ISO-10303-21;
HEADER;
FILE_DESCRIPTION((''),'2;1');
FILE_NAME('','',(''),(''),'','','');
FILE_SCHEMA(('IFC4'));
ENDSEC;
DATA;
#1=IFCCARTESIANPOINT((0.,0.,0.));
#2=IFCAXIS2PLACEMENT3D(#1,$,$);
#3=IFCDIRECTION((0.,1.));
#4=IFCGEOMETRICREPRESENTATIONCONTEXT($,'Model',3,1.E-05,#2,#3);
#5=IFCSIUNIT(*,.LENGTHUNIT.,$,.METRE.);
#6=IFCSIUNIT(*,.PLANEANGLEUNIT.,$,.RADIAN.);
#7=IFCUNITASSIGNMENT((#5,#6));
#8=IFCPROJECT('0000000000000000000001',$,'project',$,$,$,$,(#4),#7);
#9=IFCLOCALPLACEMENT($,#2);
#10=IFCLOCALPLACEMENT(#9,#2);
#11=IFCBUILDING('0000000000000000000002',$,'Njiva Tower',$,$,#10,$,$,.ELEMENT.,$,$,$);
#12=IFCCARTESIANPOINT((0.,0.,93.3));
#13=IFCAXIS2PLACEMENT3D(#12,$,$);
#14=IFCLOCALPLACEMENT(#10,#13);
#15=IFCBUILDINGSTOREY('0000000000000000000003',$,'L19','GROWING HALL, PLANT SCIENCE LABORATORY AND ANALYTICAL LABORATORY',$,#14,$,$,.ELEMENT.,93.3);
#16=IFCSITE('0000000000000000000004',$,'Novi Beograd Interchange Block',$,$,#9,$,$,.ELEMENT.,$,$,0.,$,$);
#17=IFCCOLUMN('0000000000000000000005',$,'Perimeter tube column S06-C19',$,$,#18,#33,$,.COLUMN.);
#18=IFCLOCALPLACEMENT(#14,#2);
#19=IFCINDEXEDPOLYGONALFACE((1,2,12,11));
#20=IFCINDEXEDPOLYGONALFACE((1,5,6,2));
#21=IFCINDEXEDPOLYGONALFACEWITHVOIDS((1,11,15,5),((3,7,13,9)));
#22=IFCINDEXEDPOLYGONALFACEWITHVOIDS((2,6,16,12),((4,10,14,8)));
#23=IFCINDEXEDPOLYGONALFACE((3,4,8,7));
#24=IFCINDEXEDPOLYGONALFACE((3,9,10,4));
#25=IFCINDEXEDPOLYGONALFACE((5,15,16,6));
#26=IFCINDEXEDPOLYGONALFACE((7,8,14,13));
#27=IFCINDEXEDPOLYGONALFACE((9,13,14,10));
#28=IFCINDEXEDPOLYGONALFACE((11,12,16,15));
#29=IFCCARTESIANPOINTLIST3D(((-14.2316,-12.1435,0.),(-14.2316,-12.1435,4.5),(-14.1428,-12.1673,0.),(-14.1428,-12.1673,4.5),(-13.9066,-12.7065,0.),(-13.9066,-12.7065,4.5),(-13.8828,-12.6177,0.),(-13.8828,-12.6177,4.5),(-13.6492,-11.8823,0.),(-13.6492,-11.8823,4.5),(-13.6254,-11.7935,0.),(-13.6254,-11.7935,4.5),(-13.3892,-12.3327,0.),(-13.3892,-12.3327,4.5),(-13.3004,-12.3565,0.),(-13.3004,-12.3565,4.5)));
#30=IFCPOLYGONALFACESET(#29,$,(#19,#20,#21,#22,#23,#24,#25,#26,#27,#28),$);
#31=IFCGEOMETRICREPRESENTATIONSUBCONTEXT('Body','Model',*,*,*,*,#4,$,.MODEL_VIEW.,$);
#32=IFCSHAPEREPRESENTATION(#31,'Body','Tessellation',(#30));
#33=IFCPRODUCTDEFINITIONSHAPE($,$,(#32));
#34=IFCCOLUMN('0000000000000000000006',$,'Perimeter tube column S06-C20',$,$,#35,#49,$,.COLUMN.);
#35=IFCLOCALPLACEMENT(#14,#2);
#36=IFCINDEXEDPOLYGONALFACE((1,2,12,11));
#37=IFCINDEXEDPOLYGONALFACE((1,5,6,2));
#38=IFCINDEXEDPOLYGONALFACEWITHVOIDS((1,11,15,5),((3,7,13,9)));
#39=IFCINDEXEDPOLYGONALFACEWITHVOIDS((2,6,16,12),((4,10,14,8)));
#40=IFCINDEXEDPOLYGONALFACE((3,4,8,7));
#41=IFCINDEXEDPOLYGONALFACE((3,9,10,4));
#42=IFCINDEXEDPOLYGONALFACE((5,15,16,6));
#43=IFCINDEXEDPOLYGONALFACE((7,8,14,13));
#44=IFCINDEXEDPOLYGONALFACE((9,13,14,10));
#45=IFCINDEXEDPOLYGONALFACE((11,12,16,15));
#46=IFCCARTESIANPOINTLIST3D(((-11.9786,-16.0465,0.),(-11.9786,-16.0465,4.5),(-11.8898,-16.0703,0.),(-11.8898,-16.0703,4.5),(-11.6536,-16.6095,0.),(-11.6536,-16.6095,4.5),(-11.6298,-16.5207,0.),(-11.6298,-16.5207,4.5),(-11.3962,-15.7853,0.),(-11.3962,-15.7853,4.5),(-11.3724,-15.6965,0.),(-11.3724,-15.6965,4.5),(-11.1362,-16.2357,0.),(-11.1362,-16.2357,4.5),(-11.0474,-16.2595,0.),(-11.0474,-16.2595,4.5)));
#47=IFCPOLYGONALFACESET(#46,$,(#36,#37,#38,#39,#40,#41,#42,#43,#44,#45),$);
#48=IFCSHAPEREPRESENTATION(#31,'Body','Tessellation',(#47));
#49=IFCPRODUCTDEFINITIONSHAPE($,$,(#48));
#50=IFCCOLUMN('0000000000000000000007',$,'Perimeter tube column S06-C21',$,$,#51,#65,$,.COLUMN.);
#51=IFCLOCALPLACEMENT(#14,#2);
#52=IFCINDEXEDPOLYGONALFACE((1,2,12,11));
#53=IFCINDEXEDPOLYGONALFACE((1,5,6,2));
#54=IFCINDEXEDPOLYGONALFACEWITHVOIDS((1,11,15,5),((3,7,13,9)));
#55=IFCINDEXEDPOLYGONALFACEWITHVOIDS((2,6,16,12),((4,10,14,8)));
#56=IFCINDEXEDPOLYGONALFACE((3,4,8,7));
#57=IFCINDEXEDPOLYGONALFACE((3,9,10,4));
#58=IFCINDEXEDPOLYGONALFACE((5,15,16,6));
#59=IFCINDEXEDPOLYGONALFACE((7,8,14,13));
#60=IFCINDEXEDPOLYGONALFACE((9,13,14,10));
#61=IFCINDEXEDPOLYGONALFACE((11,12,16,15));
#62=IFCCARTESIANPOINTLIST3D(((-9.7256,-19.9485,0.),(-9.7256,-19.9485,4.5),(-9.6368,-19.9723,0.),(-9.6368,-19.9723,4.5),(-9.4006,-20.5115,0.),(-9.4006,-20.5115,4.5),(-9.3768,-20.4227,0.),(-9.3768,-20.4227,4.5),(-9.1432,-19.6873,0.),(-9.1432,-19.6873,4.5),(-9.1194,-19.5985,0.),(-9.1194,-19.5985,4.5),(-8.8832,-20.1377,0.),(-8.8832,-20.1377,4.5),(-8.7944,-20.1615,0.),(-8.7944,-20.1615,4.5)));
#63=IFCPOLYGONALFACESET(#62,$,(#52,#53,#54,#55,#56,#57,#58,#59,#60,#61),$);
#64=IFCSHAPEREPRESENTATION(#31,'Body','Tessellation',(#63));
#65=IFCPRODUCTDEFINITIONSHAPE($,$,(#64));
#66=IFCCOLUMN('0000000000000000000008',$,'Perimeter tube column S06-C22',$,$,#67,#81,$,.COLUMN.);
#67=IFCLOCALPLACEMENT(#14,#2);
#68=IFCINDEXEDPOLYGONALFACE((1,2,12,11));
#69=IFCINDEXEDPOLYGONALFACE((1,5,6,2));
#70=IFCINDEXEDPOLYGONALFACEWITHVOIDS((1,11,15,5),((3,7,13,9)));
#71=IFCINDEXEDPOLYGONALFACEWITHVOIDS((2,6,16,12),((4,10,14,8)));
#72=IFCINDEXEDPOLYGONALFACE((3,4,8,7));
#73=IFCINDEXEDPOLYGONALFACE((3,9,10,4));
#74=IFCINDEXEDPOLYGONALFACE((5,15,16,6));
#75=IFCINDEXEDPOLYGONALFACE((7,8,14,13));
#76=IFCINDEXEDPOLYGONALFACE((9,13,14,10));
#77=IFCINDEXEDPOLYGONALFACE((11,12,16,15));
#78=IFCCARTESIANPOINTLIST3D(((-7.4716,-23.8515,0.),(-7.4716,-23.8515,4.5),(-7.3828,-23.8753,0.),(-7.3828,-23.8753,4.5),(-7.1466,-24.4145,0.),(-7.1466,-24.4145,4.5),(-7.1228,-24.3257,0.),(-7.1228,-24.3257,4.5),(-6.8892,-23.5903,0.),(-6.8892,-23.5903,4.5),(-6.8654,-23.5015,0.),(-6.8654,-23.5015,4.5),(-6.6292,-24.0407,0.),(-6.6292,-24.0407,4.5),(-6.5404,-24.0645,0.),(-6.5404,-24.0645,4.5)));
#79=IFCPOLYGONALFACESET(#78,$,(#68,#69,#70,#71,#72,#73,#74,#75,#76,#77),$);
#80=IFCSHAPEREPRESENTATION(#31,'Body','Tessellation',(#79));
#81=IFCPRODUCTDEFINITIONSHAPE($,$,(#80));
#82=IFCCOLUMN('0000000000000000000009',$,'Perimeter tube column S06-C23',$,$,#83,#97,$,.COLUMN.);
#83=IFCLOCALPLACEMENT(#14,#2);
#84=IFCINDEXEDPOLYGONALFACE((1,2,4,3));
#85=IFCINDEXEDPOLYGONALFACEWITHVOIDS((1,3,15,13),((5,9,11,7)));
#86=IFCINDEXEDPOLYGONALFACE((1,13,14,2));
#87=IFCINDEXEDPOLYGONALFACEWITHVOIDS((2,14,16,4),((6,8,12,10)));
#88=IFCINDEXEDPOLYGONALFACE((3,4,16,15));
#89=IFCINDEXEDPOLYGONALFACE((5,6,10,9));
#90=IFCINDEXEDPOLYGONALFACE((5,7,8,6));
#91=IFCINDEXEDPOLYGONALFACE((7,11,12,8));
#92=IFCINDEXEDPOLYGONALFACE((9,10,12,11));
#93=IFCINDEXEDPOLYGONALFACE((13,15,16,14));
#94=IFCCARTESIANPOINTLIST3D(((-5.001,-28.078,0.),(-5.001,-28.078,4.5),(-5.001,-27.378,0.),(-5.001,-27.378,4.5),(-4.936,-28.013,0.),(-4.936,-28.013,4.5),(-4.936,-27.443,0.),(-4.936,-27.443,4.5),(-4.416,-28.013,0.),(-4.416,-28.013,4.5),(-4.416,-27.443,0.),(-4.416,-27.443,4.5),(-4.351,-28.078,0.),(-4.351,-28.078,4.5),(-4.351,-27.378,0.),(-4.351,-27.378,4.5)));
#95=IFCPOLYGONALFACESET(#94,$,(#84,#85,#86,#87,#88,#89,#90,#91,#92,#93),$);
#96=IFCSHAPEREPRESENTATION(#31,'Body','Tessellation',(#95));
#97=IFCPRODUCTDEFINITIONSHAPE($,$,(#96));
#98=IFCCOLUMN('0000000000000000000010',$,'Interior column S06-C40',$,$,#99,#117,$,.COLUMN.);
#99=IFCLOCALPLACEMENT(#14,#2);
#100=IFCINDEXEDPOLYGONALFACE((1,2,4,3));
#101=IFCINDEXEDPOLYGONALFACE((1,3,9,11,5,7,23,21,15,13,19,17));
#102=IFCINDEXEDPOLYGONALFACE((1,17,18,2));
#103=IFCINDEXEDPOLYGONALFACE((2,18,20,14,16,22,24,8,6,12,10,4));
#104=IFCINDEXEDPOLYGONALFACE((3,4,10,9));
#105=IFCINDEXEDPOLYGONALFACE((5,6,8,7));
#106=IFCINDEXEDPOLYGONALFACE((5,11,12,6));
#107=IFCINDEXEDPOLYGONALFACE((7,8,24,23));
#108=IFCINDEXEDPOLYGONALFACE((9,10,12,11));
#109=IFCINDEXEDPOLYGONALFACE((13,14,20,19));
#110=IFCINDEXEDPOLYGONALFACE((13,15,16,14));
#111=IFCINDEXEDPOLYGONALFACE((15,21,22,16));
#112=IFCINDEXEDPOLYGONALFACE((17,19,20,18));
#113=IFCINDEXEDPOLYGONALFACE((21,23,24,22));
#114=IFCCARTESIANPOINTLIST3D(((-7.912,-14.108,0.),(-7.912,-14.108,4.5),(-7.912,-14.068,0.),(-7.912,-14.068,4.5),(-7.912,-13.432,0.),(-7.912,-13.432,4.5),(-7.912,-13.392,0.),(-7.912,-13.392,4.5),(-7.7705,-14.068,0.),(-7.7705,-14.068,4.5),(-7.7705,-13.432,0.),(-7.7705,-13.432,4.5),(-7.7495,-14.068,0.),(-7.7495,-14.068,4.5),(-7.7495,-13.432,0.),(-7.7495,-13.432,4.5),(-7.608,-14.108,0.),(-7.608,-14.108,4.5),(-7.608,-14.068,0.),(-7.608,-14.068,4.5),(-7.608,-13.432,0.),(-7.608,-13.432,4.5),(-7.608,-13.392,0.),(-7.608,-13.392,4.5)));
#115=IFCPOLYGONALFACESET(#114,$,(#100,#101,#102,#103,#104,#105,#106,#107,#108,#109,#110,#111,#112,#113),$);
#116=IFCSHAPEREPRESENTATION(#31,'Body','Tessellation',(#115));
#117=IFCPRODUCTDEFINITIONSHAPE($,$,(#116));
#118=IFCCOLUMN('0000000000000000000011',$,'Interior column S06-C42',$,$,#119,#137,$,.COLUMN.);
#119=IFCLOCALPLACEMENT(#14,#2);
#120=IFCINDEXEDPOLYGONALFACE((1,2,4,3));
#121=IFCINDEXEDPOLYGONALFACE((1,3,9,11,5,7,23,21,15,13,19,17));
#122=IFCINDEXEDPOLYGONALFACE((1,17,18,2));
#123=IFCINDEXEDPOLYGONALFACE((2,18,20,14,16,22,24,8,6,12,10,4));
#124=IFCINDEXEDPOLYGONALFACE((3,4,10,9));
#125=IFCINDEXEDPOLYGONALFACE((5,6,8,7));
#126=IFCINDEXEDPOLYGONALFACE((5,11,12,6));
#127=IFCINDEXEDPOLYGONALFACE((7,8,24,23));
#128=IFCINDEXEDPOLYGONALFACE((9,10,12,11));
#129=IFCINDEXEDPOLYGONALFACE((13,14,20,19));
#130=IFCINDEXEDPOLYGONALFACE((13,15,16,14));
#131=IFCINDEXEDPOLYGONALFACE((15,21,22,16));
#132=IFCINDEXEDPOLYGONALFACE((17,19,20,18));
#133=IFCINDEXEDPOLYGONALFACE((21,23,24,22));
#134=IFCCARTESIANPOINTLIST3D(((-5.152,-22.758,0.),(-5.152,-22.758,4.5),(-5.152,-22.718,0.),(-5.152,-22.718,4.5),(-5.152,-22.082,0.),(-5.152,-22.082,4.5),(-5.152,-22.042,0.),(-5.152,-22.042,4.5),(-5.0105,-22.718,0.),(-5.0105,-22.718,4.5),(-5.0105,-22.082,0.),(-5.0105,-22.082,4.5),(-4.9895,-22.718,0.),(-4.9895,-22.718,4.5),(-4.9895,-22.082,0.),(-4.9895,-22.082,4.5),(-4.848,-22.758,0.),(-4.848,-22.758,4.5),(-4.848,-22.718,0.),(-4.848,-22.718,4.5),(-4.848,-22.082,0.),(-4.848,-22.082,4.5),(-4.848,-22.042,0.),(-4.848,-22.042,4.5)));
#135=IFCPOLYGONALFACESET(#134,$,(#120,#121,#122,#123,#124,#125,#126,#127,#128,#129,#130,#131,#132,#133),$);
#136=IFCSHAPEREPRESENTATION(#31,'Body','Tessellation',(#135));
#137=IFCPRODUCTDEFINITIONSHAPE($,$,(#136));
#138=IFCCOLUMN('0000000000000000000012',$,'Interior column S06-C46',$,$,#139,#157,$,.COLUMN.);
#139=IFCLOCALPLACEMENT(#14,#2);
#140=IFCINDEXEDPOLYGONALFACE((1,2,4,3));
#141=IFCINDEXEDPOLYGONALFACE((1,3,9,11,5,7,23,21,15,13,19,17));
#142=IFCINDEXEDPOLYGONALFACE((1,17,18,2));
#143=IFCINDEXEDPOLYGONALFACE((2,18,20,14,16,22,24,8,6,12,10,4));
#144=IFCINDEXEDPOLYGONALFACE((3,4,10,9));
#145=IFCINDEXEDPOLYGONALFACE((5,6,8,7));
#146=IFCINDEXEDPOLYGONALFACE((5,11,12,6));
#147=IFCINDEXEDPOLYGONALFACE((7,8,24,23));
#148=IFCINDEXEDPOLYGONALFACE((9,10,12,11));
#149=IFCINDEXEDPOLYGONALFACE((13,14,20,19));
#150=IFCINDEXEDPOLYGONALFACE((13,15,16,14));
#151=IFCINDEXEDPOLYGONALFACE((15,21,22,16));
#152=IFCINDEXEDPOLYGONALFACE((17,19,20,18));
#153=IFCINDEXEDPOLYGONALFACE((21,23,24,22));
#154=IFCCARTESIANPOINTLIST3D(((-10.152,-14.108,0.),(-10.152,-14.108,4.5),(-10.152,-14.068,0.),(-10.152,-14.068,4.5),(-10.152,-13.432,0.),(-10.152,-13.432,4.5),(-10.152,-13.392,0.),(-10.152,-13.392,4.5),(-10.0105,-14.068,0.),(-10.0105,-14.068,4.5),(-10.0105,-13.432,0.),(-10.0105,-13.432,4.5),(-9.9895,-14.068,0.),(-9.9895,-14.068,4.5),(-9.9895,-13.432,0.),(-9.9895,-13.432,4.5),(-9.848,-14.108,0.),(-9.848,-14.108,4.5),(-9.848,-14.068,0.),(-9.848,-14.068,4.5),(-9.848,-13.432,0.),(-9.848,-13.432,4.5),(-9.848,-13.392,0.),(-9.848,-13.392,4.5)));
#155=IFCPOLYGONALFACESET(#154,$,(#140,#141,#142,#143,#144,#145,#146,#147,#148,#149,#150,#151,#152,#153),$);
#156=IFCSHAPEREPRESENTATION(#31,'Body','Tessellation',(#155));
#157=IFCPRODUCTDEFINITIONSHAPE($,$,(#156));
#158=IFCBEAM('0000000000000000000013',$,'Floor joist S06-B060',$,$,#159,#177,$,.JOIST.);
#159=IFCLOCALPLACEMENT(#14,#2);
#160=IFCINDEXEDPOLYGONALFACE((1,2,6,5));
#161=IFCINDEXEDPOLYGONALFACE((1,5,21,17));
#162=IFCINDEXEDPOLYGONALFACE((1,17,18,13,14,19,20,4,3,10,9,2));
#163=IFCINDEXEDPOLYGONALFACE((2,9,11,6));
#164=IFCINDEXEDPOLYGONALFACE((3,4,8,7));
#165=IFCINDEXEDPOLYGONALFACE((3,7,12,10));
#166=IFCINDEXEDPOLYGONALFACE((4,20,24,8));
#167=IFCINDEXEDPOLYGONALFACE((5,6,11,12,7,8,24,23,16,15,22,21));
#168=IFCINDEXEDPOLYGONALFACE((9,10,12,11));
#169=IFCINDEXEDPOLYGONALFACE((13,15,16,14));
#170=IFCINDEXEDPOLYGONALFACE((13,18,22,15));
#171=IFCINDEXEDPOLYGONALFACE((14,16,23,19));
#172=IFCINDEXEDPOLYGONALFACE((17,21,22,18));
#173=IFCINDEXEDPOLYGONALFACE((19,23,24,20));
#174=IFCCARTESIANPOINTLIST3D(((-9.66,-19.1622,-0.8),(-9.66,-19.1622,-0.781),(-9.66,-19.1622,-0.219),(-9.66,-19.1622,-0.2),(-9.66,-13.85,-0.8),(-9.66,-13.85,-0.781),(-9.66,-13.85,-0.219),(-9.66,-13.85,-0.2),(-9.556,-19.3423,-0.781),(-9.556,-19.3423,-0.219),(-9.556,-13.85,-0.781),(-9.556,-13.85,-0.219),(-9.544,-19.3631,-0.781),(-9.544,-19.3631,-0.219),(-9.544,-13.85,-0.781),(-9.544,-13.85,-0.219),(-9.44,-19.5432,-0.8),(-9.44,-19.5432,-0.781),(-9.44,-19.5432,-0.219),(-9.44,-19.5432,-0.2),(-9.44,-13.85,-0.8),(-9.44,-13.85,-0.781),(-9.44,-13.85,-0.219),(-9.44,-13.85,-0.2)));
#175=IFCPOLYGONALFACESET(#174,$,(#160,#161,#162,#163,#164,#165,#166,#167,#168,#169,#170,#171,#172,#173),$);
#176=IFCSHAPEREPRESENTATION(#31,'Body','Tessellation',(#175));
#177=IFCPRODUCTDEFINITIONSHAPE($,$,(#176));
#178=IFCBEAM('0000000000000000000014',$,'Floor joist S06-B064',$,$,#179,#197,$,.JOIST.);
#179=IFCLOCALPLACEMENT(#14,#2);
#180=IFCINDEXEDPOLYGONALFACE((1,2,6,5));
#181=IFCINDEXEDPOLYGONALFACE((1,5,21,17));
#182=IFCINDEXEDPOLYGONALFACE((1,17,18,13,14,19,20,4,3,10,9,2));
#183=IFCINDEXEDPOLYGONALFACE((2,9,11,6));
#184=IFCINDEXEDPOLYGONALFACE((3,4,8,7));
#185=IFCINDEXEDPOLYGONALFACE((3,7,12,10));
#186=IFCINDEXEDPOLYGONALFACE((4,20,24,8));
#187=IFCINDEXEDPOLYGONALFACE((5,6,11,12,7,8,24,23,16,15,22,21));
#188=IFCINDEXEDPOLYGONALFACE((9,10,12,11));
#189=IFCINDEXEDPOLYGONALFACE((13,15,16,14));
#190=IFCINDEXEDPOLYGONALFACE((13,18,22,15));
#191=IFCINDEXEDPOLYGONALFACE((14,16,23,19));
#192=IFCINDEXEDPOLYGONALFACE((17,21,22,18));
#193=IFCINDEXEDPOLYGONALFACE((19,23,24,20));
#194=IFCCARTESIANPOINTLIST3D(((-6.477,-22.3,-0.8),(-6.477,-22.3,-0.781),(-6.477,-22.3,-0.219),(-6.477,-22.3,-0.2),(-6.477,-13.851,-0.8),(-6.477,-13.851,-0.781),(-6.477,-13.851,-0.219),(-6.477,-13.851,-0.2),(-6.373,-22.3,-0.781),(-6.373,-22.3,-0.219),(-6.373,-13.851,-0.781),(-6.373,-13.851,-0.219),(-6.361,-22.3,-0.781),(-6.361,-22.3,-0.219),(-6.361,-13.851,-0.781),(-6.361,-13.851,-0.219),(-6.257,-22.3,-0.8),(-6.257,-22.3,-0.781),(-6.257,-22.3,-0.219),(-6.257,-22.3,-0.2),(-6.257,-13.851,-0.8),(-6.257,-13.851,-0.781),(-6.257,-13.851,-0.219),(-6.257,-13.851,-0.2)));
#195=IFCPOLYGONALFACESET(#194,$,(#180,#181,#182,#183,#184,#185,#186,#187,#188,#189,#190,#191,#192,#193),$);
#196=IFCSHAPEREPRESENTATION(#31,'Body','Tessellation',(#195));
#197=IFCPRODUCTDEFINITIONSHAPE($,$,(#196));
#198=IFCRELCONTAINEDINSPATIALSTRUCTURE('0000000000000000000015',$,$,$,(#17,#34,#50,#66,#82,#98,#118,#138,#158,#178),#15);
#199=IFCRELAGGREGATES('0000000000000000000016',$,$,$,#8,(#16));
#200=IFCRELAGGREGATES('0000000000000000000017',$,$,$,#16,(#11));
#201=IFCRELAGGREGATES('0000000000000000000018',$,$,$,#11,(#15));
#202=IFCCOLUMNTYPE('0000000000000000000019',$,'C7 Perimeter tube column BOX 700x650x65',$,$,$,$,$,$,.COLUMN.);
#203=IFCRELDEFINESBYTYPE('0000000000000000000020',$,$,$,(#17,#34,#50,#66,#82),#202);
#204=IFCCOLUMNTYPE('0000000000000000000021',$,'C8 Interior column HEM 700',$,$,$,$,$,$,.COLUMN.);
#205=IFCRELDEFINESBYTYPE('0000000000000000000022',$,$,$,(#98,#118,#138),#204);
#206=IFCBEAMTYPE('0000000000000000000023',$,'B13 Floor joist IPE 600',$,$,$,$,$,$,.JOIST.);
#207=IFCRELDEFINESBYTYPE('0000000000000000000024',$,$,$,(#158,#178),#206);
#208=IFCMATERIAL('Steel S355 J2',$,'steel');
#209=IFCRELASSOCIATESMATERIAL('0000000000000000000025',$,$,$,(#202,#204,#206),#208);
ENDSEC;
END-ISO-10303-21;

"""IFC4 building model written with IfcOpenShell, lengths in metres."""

from ifc_helpers import new_model, si_unit, direction, frame, origin, origin_2d, place, context, subcontext, project, spatial, hollow_rectangle, i_section, extrude, clip, halfspace, material, material_profile, profile_set, type_object, element, save


model = new_model("IFC4")

# Units and contexts
model_context = context("Model", 3, precision=1e-05, world=origin(), true_north=direction((0.0, 1.0)))
body_context = subcontext(model_context, "Body", "Model", "MODEL_VIEW")
ifc_project = project(units=[si_unit("LENGTHUNIT", "METRE"), si_unit("PLANEANGLEUNIT", "RADIAN")], contexts=[model_context])

# Site, building, storey
site_placement = place(None, origin())
site = spatial("IfcSite", under=ifc_project, at=site_placement, Name="Novi Beograd Interchange Block", CompositionType="ELEMENT", RefElevation=0.0)
building_placement = place(site_placement, origin())
building = spatial("IfcBuilding", under=site, at=building_placement, Name="Njiva Tower", CompositionType="ELEMENT")
storey_placement = place(building_placement, frame((0.0, 0.0, 93.3)))
storey = spatial("IfcBuildingStorey", under=building, at=storey_placement, Name="L19", Description="GROWING HALL, PLANT SCIENCE LABORATORY AND ANALYTICAL LABORATORY", CompositionType="ELEMENT", Elevation=93.3)

# Columns
ifc_material_1 = material(Name="Steel S355 J2", Category="steel")
ifc_material_profile_1 = material_profile(ifc_material_1, hollow_rectangle(XDim=0.65, YDim=0.7, WallThickness=0.065, at=origin_2d()), Name="BOX 700x650x65")
ifc_profile_set_1 = profile_set([ifc_material_profile_1], Name="Steel S355 J2")
column_type_1 = type_object("IfcColumnType", Name="C7 Perimeter tube column BOX 700x650x65", PredefinedType="COLUMN", material=ifc_profile_set_1)
for number, where, z_axis, x_axis, name in (
    (1, (-13.766, -12.25, 0.0), (0.0, 0.0, 1.0), (0.5, -0.866025, 0.0), "Perimeter tube column S06-C19"),
    (2, (-11.513, -16.153, 0.0), (0.0, 0.0, 1.0), (0.5, -0.866025, 0.0), "Perimeter tube column S06-C20"),
    (3, (-9.26, -20.055, 0.0), (0.0, 0.0, 1.0), (0.5, -0.866025, 0.0), "Perimeter tube column S06-C21"),
    (4, (-7.006, -23.958, 0.0), (0.0, 0.0, 1.0), (0.5, -0.866025, 0.0), "Perimeter tube column S06-C22"),
    (5, (-4.676, -27.728, 0.0), (0.0, 0.0, 1.0), (1.0, 0.0, 0.0), "Perimeter tube column S06-C23"),
):
    element("IfcColumn", number, at=place(storey_placement, frame(where, z_axis=z_axis, x_axis=x_axis)), inside=storey, type_object=column_type_1, Name=name, PredefinedType="COLUMN", context=body_context, shape_type="SweptSolid", body=[
        extrude(hollow_rectangle(XDim=0.65, YDim=0.7, WallThickness=0.065, at=origin_2d()), origin(), (0.0, 0.0, 1.0), 4.5),
    ])
ifc_material_profile_2 = material_profile(ifc_material_1, i_section(OverallWidth=0.304, OverallDepth=0.716, WebThickness=0.021, FlangeThickness=0.04, at=origin_2d()), Name="HEM 700")
ifc_profile_set_2 = profile_set([ifc_material_profile_2], Name="Steel S355 J2")
column_type_2 = type_object("IfcColumnType", Name="C8 Interior column HEM 700", PredefinedType="COLUMN", material=ifc_profile_set_2)
for number, where, z_axis, x_axis, name in (
    (6, (-7.76, -13.75, 0.0), (0.0, 0.0, 1.0), (1.0, 0.0, 0.0), "Interior column S06-C40"),
    (7, (-5.0, -22.4, 0.0), (0.0, 0.0, 1.0), (1.0, 0.0, 0.0), "Interior column S06-C42"),
    (8, (-10.0, -13.75, 0.0), (0.0, 0.0, 1.0), (1.0, 0.0, 0.0), "Interior column S06-C46"),
):
    element("IfcColumn", number, at=place(storey_placement, frame(where, z_axis=z_axis, x_axis=x_axis)), inside=storey, type_object=column_type_2, Name=name, PredefinedType="COLUMN", context=body_context, shape_type="SweptSolid", body=[
        extrude(i_section(OverallWidth=0.304, OverallDepth=0.716, WebThickness=0.021, FlangeThickness=0.04, at=origin_2d()), origin(), (0.0, 0.0, 1.0), 4.5),
    ])

# Beams
ifc_material_profile_3 = material_profile(ifc_material_1, i_section(OverallWidth=0.22, OverallDepth=0.6, WebThickness=0.012, FlangeThickness=0.019, at=origin_2d()), Name="IPE 600")
ifc_profile_set_3 = profile_set([ifc_material_profile_3], Name="Steel S355 J2")
beam_type_1 = type_object("IfcBeamType", Name="B13 Floor joist IPE 600", PredefinedType="JOIST", material=ifc_profile_set_3)
beam_1_placement = place(storey_placement, frame((-9.55, -13.85, -0.5), z_axis=(0.0, -1.0, 0.0), x_axis=(1.0, 0.0, 0.0)))
element("IfcBeam", 9, at=beam_1_placement, inside=storey, type_object=beam_type_1, Name="Floor joist S06-B060", PredefinedType="JOIST", context=body_context, shape_type="Clipping", body=[
    clip(extrude(i_section(OverallWidth=0.22, OverallDepth=0.6, WebThickness=0.012, FlangeThickness=0.019, at=origin_2d()), origin(), (0.0, 0.0, 1.0), 5.714), halfspace(frame((-0.0433, 0.0, 5.4277), z_axis=(-0.866027, 0.0, 0.499998), x_axis=(0.0, 1.0, 0.0)), False)),
])
for number, where, z_axis, x_axis, name in (
    (10, (-6.367, -13.851, -0.5), (0.0, -1.0, 0.0), (1.0, 0.0, 0.0), "Floor joist S06-B064"),
):
    element("IfcBeam", number, at=place(storey_placement, frame(where, z_axis=z_axis, x_axis=x_axis)), inside=storey, type_object=beam_type_1, Name=name, PredefinedType="JOIST", context=body_context, shape_type="SweptSolid", body=[
        extrude(i_section(OverallWidth=0.22, OverallDepth=0.6, WebThickness=0.012, FlangeThickness=0.019, at=origin_2d()), origin(), (0.0, 0.0, 1.0), 8.449),
    ])

save(model, "model.ifc")
